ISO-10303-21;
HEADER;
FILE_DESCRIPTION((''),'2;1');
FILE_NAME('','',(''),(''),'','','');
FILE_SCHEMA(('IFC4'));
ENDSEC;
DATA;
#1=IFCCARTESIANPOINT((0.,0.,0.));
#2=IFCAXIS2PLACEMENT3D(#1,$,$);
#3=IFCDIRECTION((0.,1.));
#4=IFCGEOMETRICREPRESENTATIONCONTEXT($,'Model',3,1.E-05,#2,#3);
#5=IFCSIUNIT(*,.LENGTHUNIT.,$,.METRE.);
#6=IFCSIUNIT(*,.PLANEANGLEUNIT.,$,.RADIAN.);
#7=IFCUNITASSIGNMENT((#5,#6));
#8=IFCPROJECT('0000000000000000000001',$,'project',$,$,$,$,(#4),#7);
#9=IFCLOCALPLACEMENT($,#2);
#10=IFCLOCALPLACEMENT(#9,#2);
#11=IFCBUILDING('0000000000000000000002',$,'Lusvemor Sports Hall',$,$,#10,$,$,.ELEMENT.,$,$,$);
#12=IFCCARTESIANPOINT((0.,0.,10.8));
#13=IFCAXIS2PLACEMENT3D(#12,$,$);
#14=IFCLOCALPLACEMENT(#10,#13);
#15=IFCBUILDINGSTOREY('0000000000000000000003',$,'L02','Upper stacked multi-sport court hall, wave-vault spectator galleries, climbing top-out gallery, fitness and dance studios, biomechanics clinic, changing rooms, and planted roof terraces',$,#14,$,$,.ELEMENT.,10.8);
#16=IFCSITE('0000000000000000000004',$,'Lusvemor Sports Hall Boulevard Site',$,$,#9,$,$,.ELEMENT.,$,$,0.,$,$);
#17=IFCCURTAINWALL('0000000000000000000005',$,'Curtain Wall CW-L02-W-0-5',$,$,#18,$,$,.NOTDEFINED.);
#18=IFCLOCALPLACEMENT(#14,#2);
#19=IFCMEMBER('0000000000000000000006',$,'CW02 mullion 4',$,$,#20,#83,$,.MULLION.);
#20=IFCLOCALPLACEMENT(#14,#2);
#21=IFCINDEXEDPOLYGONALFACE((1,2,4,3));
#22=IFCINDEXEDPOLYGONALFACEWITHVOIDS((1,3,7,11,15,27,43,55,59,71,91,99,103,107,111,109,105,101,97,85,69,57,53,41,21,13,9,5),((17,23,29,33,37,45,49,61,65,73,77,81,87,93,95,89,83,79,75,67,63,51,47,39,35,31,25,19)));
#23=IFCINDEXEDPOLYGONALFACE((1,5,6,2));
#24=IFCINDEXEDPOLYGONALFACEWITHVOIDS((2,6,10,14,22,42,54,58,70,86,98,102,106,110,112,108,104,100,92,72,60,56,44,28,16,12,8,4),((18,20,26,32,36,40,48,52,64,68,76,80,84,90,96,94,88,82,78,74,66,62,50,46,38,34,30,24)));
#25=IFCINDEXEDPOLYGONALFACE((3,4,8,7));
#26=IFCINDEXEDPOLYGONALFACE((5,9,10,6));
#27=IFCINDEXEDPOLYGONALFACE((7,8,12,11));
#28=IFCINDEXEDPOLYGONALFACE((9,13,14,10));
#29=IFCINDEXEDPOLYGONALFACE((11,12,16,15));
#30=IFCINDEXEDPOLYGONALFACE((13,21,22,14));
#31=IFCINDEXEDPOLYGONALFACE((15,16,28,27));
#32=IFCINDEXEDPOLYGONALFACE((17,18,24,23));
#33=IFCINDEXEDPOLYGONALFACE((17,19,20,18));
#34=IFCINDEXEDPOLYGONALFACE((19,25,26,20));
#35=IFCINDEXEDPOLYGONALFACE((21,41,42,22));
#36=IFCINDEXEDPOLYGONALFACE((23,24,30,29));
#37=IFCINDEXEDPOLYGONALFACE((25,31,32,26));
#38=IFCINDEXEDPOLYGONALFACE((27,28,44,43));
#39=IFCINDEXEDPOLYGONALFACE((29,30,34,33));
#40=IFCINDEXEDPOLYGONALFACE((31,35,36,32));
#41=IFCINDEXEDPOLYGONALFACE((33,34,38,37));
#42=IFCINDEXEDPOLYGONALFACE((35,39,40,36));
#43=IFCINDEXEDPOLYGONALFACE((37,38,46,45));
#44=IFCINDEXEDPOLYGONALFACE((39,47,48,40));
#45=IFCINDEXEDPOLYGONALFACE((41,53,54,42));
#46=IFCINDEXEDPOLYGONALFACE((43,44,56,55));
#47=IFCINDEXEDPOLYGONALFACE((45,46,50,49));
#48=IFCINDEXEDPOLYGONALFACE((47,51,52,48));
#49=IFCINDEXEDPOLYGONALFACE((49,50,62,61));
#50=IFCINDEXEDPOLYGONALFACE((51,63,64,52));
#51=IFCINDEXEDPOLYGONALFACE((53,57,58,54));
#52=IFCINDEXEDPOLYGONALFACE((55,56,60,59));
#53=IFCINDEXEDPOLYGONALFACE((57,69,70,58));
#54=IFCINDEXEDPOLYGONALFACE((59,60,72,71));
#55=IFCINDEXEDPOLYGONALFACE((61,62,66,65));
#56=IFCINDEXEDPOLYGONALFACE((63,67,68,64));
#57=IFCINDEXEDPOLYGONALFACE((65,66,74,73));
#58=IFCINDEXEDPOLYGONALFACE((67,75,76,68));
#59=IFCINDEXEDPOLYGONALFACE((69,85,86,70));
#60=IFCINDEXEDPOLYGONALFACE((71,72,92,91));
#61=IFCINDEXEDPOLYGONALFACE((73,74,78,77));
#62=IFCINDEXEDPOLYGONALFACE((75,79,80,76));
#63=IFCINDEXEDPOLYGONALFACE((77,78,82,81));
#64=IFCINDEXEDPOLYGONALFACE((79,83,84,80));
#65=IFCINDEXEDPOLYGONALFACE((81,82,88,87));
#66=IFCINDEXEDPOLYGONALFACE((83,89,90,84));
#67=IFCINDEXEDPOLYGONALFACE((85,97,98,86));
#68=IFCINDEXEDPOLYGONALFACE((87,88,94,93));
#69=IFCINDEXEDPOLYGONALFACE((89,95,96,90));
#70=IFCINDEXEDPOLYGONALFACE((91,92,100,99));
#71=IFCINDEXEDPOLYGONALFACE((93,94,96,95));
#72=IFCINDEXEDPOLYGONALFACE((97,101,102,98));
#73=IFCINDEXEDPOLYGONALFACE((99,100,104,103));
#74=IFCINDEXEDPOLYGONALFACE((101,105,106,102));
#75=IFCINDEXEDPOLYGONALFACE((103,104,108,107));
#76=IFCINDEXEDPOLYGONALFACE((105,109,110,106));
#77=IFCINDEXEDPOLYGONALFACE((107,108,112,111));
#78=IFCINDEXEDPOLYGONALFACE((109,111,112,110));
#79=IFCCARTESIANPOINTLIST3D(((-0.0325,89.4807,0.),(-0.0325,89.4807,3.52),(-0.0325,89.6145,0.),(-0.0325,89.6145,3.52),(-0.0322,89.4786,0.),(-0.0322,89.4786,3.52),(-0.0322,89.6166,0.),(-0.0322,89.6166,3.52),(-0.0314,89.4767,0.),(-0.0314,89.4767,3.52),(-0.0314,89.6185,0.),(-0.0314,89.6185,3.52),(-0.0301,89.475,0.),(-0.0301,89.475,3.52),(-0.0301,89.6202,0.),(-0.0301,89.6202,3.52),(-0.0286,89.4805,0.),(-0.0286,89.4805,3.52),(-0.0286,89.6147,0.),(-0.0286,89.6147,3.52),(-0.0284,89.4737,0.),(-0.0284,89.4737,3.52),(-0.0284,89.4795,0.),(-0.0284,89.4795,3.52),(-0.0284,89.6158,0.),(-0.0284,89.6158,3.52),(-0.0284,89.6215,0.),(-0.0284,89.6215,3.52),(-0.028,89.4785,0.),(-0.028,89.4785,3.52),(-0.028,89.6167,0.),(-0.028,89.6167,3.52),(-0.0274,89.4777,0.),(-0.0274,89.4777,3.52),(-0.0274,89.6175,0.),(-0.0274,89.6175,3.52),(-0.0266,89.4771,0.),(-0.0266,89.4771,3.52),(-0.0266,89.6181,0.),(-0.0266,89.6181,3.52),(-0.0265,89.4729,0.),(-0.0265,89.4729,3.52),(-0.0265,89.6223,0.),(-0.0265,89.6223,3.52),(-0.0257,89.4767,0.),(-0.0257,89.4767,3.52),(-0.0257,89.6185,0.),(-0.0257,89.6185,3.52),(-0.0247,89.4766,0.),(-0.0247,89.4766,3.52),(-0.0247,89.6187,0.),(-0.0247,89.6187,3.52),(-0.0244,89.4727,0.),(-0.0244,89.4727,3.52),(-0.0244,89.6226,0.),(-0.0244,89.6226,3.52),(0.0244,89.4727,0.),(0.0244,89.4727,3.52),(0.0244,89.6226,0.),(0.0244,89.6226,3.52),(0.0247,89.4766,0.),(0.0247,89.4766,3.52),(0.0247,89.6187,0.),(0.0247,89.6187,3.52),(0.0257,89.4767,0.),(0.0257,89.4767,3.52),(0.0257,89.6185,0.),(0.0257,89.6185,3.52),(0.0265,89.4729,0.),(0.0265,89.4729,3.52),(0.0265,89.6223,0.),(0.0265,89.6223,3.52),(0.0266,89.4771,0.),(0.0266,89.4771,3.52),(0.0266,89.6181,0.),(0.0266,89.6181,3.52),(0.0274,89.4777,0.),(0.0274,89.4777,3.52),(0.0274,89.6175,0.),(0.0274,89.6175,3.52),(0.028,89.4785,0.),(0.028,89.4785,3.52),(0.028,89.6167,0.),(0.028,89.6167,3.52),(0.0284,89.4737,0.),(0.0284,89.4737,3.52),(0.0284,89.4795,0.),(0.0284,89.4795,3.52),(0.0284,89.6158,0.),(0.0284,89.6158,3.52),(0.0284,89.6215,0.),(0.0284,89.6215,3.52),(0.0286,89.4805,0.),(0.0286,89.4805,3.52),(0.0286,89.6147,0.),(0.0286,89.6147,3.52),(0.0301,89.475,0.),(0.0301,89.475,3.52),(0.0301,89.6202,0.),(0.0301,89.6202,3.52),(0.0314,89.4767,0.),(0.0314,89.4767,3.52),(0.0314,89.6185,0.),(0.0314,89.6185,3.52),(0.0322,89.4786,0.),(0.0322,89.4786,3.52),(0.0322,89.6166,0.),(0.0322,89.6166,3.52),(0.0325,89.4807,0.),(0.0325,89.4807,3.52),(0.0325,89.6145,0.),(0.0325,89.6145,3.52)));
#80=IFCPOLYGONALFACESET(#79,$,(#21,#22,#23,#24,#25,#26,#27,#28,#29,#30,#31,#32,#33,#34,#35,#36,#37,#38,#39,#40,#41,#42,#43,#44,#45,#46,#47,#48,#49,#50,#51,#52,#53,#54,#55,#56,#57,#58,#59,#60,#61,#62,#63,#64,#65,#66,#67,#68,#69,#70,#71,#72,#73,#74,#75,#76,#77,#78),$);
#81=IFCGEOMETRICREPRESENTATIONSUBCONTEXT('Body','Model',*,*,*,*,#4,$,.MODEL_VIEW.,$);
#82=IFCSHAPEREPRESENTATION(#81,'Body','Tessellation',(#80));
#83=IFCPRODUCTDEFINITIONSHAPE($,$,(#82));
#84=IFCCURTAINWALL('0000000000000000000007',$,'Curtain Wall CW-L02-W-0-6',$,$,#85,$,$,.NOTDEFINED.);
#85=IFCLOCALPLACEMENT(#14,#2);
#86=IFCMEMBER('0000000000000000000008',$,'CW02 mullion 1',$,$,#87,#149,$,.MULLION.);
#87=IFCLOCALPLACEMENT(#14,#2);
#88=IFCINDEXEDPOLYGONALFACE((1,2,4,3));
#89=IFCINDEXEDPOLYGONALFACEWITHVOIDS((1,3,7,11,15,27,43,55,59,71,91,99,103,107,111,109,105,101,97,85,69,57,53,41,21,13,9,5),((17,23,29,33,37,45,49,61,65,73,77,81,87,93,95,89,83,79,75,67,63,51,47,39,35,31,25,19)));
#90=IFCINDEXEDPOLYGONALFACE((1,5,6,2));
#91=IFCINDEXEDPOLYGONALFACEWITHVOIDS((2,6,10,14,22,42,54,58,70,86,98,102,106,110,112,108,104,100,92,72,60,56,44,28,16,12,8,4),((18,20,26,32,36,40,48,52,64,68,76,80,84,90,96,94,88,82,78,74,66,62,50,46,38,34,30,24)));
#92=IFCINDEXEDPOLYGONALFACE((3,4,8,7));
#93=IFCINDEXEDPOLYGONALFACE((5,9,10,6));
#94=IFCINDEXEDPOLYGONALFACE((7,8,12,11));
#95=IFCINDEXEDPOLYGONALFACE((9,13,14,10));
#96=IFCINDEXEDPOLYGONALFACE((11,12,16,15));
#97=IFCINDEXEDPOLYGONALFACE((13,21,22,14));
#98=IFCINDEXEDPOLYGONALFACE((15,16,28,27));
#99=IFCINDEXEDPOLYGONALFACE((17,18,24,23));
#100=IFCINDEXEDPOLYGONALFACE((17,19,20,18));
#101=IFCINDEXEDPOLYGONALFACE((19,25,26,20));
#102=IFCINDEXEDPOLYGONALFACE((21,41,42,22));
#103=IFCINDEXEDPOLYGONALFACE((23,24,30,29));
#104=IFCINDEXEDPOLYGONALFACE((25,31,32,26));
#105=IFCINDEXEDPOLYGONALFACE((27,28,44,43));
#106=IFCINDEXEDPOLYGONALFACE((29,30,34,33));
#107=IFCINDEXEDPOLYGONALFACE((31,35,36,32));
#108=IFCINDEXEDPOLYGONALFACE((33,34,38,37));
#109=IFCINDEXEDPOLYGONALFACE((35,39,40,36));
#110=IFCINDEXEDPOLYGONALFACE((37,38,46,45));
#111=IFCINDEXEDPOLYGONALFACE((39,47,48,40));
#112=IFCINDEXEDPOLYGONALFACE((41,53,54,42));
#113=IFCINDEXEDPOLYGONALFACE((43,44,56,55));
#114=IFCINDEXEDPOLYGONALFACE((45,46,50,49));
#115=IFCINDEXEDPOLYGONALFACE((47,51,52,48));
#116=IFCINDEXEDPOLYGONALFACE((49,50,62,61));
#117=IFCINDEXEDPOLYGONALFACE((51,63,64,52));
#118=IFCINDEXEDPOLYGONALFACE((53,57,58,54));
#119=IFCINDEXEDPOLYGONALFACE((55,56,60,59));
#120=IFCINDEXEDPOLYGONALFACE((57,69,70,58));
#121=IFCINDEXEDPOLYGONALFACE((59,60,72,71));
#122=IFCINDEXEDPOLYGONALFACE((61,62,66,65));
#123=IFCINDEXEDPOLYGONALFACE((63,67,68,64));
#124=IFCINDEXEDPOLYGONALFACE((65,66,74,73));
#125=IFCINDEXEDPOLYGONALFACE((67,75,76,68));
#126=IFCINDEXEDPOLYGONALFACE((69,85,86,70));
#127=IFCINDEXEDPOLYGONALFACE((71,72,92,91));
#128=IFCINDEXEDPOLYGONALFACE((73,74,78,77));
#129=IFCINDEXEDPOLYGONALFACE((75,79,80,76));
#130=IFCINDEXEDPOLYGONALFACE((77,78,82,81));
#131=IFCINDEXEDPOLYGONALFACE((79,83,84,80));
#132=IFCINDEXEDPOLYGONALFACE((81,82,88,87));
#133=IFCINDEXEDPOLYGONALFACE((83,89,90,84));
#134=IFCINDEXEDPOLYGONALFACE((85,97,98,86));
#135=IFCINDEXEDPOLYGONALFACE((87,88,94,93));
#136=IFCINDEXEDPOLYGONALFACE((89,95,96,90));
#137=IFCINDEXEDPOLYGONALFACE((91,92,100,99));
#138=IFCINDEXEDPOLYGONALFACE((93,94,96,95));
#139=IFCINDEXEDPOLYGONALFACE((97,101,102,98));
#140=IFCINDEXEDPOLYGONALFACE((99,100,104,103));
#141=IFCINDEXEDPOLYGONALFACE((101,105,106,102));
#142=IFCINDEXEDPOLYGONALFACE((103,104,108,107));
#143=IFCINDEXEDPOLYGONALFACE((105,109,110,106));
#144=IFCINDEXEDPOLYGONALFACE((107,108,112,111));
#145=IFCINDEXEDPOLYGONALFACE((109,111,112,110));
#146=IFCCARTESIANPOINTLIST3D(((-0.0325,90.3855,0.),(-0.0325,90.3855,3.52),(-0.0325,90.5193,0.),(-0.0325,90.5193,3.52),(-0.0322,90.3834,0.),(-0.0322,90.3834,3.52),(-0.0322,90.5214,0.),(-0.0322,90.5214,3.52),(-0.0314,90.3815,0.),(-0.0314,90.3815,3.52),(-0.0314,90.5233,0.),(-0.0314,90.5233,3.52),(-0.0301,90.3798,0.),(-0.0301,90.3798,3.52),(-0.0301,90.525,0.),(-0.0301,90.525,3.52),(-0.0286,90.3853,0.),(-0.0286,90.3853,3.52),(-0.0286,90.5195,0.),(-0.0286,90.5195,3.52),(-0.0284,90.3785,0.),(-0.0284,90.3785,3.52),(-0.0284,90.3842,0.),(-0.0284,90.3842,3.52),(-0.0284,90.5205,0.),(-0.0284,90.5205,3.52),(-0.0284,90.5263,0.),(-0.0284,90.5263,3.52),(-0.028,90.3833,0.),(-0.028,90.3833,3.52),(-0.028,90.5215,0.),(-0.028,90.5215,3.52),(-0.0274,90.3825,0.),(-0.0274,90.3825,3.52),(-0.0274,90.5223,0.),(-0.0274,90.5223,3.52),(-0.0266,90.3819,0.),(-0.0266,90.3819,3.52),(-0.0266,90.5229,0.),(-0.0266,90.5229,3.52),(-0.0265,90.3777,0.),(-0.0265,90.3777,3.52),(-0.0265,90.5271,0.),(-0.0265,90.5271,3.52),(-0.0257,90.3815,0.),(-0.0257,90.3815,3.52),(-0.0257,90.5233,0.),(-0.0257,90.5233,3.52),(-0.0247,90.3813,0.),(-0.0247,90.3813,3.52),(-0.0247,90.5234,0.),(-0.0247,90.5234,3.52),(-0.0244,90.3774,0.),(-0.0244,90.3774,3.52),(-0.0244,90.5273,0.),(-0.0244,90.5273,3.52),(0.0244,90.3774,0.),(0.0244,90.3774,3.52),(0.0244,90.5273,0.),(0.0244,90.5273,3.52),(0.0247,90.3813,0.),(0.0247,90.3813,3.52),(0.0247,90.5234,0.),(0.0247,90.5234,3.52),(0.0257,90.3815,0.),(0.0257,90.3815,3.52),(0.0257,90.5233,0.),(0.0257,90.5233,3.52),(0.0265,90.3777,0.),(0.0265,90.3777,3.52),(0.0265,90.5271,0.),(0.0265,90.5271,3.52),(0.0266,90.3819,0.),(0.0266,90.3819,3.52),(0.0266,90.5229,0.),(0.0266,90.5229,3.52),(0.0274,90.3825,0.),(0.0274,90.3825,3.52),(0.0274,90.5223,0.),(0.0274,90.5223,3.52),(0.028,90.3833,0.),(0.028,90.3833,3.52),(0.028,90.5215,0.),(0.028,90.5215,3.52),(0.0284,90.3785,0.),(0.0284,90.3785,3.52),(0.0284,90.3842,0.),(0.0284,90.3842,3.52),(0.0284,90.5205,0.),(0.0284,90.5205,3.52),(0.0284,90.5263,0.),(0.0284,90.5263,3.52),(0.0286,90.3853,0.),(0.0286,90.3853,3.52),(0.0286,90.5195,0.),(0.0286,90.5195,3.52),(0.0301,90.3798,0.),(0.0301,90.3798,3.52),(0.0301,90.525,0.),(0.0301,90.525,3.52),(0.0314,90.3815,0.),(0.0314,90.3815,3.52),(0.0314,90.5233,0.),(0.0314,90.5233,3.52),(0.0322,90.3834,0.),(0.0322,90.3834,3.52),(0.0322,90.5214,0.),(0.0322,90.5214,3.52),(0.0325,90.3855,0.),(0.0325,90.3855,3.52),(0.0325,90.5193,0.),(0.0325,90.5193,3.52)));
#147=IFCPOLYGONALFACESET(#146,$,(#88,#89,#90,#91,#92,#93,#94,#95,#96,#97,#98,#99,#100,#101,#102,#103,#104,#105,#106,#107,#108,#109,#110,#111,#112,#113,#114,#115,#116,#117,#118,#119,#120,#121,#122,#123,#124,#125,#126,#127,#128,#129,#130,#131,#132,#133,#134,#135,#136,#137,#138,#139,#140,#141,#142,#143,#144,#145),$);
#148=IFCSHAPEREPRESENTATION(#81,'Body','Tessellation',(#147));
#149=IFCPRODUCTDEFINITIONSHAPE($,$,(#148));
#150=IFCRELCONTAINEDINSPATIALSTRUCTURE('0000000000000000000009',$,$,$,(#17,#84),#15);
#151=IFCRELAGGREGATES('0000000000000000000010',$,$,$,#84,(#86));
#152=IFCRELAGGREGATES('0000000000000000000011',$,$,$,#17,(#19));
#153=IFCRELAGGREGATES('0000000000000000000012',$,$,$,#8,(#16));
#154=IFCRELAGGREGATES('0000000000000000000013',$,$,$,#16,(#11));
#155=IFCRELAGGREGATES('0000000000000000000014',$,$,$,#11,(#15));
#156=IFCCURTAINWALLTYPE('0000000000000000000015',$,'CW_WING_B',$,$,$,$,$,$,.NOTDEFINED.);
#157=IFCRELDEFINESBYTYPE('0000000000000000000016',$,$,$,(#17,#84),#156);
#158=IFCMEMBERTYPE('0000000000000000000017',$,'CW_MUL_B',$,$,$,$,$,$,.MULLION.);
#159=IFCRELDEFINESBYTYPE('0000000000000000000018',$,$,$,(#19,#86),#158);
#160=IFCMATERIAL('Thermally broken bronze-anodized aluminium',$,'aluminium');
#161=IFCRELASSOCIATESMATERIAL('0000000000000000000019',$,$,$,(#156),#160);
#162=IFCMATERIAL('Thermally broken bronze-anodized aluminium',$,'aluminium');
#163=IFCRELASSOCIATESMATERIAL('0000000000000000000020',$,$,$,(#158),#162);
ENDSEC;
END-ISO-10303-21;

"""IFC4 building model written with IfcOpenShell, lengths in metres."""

from ifc_helpers import new_model, si_unit, direction, frame, origin, origin_2d, place, context, subcontext, project, spatial, hollow_rectangle, extrude, material, material_profile, profile_set, type_object, element, aggregate, save


model = new_model("IFC4")

# Units and contexts
model_context = context("Model", 3, precision=1e-05, world=origin(), true_north=direction((0.0, 1.0)))
body_context = subcontext(model_context, "Body", "Model", "MODEL_VIEW")
ifc_project = project(units=[si_unit("LENGTHUNIT", "METRE"), si_unit("PLANEANGLEUNIT", "RADIAN")], contexts=[model_context])

# Site, building, storey
site_placement = place(None, origin())
site = spatial("IfcSite", under=ifc_project, at=site_placement, Name="Lusvemor Sports Hall Boulevard Site", CompositionType="ELEMENT", RefElevation=0.0)
building_placement = place(site_placement, origin())
building = spatial("IfcBuilding", under=site, at=building_placement, Name="Lusvemor Sports Hall", CompositionType="ELEMENT")
storey_placement = place(building_placement, frame((0.0, 0.0, 10.8)))
storey = spatial("IfcBuildingStorey", under=building, at=storey_placement, Name="L02", Description="Upper stacked multi-sport court hall, wave-vault spectator galleries, climbing top-out gallery, fitness and dance studios, biomechanics clinic, changing rooms, and planted roof terraces", CompositionType="ELEMENT", Elevation=10.8)

# Curtain wall, member
ifc_material_1 = material(Name="Thermally broken bronze-anodized aluminium", Category="aluminium")
curtain_wall_type_1 = type_object("IfcCurtainWallType", Name="CW_WING_B", PredefinedType="NOTDEFINED", material=ifc_material_1)
curtain_wall_1_placement = place(storey_placement, origin())
curtain_wall_1 = element("IfcCurtainWall", 1, at=curtain_wall_1_placement, inside=storey, type_object=curtain_wall_type_1, Name="Curtain Wall CW-L02-W-0-5", PredefinedType="NOTDEFINED")
ifc_material_2 = material(Name="Thermally broken bronze-anodized aluminium", Category="aluminium")
ifc_material_profile_1 = material_profile(ifc_material_2, hollow_rectangle(XDim=0.0649, YDim=0.1499, WallThickness=0.0039, InnerFilletRadius=0.0039, OuterFilletRadius=0.0081, at=origin_2d()), Name="CWMUL150x65x4")
ifc_profile_set_1 = profile_set([ifc_material_profile_1], Name="Thermally broken bronze-anodized aluminium")
member_type_1 = type_object("IfcMemberType", Name="CW_MUL_B", PredefinedType="MULLION", material=ifc_profile_set_1)
member_1_placement = place(storey_placement, frame((0.0, 89.5476, 0.0), z_axis=(0.0, 0.0, 1.0), x_axis=(-1.0, 0.0, 0.0)))
member_1 = element("IfcMember", 2, at=member_1_placement, type_object=member_type_1, Name="CW02 mullion 4", PredefinedType="MULLION", context=body_context, shape_type="SweptSolid", body=[
    extrude(hollow_rectangle(XDim=0.0649, YDim=0.1499, WallThickness=0.0039, InnerFilletRadius=0.0039, OuterFilletRadius=0.0081, at=origin_2d()), origin(), (0.0, 0.0, 1.0), 3.52),
])

# Curtain wall, member
curtain_wall_2_placement = place(storey_placement, origin())
curtain_wall_2 = element("IfcCurtainWall", 3, at=curtain_wall_2_placement, inside=storey, type_object=curtain_wall_type_1, Name="Curtain Wall CW-L02-W-0-6", PredefinedType="NOTDEFINED")
member_2_placement = place(storey_placement, frame((0.0, 90.4524, 0.0), z_axis=(0.0, 0.0, 1.0), x_axis=(-1.0, 0.0, 0.0)))
member_2 = element("IfcMember", 4, at=member_2_placement, type_object=member_type_1, Name="CW02 mullion 1", PredefinedType="MULLION", context=body_context, shape_type="SweptSolid", body=[
    extrude(hollow_rectangle(XDim=0.0649, YDim=0.1499, WallThickness=0.0039, InnerFilletRadius=0.0039, OuterFilletRadius=0.0081, at=origin_2d()), origin(), (0.0, 0.0, 1.0), 3.52),
])
aggregate(curtain_wall_2, [member_2])

aggregate(curtain_wall_1, [member_1])

save(model, "model.ifc")
